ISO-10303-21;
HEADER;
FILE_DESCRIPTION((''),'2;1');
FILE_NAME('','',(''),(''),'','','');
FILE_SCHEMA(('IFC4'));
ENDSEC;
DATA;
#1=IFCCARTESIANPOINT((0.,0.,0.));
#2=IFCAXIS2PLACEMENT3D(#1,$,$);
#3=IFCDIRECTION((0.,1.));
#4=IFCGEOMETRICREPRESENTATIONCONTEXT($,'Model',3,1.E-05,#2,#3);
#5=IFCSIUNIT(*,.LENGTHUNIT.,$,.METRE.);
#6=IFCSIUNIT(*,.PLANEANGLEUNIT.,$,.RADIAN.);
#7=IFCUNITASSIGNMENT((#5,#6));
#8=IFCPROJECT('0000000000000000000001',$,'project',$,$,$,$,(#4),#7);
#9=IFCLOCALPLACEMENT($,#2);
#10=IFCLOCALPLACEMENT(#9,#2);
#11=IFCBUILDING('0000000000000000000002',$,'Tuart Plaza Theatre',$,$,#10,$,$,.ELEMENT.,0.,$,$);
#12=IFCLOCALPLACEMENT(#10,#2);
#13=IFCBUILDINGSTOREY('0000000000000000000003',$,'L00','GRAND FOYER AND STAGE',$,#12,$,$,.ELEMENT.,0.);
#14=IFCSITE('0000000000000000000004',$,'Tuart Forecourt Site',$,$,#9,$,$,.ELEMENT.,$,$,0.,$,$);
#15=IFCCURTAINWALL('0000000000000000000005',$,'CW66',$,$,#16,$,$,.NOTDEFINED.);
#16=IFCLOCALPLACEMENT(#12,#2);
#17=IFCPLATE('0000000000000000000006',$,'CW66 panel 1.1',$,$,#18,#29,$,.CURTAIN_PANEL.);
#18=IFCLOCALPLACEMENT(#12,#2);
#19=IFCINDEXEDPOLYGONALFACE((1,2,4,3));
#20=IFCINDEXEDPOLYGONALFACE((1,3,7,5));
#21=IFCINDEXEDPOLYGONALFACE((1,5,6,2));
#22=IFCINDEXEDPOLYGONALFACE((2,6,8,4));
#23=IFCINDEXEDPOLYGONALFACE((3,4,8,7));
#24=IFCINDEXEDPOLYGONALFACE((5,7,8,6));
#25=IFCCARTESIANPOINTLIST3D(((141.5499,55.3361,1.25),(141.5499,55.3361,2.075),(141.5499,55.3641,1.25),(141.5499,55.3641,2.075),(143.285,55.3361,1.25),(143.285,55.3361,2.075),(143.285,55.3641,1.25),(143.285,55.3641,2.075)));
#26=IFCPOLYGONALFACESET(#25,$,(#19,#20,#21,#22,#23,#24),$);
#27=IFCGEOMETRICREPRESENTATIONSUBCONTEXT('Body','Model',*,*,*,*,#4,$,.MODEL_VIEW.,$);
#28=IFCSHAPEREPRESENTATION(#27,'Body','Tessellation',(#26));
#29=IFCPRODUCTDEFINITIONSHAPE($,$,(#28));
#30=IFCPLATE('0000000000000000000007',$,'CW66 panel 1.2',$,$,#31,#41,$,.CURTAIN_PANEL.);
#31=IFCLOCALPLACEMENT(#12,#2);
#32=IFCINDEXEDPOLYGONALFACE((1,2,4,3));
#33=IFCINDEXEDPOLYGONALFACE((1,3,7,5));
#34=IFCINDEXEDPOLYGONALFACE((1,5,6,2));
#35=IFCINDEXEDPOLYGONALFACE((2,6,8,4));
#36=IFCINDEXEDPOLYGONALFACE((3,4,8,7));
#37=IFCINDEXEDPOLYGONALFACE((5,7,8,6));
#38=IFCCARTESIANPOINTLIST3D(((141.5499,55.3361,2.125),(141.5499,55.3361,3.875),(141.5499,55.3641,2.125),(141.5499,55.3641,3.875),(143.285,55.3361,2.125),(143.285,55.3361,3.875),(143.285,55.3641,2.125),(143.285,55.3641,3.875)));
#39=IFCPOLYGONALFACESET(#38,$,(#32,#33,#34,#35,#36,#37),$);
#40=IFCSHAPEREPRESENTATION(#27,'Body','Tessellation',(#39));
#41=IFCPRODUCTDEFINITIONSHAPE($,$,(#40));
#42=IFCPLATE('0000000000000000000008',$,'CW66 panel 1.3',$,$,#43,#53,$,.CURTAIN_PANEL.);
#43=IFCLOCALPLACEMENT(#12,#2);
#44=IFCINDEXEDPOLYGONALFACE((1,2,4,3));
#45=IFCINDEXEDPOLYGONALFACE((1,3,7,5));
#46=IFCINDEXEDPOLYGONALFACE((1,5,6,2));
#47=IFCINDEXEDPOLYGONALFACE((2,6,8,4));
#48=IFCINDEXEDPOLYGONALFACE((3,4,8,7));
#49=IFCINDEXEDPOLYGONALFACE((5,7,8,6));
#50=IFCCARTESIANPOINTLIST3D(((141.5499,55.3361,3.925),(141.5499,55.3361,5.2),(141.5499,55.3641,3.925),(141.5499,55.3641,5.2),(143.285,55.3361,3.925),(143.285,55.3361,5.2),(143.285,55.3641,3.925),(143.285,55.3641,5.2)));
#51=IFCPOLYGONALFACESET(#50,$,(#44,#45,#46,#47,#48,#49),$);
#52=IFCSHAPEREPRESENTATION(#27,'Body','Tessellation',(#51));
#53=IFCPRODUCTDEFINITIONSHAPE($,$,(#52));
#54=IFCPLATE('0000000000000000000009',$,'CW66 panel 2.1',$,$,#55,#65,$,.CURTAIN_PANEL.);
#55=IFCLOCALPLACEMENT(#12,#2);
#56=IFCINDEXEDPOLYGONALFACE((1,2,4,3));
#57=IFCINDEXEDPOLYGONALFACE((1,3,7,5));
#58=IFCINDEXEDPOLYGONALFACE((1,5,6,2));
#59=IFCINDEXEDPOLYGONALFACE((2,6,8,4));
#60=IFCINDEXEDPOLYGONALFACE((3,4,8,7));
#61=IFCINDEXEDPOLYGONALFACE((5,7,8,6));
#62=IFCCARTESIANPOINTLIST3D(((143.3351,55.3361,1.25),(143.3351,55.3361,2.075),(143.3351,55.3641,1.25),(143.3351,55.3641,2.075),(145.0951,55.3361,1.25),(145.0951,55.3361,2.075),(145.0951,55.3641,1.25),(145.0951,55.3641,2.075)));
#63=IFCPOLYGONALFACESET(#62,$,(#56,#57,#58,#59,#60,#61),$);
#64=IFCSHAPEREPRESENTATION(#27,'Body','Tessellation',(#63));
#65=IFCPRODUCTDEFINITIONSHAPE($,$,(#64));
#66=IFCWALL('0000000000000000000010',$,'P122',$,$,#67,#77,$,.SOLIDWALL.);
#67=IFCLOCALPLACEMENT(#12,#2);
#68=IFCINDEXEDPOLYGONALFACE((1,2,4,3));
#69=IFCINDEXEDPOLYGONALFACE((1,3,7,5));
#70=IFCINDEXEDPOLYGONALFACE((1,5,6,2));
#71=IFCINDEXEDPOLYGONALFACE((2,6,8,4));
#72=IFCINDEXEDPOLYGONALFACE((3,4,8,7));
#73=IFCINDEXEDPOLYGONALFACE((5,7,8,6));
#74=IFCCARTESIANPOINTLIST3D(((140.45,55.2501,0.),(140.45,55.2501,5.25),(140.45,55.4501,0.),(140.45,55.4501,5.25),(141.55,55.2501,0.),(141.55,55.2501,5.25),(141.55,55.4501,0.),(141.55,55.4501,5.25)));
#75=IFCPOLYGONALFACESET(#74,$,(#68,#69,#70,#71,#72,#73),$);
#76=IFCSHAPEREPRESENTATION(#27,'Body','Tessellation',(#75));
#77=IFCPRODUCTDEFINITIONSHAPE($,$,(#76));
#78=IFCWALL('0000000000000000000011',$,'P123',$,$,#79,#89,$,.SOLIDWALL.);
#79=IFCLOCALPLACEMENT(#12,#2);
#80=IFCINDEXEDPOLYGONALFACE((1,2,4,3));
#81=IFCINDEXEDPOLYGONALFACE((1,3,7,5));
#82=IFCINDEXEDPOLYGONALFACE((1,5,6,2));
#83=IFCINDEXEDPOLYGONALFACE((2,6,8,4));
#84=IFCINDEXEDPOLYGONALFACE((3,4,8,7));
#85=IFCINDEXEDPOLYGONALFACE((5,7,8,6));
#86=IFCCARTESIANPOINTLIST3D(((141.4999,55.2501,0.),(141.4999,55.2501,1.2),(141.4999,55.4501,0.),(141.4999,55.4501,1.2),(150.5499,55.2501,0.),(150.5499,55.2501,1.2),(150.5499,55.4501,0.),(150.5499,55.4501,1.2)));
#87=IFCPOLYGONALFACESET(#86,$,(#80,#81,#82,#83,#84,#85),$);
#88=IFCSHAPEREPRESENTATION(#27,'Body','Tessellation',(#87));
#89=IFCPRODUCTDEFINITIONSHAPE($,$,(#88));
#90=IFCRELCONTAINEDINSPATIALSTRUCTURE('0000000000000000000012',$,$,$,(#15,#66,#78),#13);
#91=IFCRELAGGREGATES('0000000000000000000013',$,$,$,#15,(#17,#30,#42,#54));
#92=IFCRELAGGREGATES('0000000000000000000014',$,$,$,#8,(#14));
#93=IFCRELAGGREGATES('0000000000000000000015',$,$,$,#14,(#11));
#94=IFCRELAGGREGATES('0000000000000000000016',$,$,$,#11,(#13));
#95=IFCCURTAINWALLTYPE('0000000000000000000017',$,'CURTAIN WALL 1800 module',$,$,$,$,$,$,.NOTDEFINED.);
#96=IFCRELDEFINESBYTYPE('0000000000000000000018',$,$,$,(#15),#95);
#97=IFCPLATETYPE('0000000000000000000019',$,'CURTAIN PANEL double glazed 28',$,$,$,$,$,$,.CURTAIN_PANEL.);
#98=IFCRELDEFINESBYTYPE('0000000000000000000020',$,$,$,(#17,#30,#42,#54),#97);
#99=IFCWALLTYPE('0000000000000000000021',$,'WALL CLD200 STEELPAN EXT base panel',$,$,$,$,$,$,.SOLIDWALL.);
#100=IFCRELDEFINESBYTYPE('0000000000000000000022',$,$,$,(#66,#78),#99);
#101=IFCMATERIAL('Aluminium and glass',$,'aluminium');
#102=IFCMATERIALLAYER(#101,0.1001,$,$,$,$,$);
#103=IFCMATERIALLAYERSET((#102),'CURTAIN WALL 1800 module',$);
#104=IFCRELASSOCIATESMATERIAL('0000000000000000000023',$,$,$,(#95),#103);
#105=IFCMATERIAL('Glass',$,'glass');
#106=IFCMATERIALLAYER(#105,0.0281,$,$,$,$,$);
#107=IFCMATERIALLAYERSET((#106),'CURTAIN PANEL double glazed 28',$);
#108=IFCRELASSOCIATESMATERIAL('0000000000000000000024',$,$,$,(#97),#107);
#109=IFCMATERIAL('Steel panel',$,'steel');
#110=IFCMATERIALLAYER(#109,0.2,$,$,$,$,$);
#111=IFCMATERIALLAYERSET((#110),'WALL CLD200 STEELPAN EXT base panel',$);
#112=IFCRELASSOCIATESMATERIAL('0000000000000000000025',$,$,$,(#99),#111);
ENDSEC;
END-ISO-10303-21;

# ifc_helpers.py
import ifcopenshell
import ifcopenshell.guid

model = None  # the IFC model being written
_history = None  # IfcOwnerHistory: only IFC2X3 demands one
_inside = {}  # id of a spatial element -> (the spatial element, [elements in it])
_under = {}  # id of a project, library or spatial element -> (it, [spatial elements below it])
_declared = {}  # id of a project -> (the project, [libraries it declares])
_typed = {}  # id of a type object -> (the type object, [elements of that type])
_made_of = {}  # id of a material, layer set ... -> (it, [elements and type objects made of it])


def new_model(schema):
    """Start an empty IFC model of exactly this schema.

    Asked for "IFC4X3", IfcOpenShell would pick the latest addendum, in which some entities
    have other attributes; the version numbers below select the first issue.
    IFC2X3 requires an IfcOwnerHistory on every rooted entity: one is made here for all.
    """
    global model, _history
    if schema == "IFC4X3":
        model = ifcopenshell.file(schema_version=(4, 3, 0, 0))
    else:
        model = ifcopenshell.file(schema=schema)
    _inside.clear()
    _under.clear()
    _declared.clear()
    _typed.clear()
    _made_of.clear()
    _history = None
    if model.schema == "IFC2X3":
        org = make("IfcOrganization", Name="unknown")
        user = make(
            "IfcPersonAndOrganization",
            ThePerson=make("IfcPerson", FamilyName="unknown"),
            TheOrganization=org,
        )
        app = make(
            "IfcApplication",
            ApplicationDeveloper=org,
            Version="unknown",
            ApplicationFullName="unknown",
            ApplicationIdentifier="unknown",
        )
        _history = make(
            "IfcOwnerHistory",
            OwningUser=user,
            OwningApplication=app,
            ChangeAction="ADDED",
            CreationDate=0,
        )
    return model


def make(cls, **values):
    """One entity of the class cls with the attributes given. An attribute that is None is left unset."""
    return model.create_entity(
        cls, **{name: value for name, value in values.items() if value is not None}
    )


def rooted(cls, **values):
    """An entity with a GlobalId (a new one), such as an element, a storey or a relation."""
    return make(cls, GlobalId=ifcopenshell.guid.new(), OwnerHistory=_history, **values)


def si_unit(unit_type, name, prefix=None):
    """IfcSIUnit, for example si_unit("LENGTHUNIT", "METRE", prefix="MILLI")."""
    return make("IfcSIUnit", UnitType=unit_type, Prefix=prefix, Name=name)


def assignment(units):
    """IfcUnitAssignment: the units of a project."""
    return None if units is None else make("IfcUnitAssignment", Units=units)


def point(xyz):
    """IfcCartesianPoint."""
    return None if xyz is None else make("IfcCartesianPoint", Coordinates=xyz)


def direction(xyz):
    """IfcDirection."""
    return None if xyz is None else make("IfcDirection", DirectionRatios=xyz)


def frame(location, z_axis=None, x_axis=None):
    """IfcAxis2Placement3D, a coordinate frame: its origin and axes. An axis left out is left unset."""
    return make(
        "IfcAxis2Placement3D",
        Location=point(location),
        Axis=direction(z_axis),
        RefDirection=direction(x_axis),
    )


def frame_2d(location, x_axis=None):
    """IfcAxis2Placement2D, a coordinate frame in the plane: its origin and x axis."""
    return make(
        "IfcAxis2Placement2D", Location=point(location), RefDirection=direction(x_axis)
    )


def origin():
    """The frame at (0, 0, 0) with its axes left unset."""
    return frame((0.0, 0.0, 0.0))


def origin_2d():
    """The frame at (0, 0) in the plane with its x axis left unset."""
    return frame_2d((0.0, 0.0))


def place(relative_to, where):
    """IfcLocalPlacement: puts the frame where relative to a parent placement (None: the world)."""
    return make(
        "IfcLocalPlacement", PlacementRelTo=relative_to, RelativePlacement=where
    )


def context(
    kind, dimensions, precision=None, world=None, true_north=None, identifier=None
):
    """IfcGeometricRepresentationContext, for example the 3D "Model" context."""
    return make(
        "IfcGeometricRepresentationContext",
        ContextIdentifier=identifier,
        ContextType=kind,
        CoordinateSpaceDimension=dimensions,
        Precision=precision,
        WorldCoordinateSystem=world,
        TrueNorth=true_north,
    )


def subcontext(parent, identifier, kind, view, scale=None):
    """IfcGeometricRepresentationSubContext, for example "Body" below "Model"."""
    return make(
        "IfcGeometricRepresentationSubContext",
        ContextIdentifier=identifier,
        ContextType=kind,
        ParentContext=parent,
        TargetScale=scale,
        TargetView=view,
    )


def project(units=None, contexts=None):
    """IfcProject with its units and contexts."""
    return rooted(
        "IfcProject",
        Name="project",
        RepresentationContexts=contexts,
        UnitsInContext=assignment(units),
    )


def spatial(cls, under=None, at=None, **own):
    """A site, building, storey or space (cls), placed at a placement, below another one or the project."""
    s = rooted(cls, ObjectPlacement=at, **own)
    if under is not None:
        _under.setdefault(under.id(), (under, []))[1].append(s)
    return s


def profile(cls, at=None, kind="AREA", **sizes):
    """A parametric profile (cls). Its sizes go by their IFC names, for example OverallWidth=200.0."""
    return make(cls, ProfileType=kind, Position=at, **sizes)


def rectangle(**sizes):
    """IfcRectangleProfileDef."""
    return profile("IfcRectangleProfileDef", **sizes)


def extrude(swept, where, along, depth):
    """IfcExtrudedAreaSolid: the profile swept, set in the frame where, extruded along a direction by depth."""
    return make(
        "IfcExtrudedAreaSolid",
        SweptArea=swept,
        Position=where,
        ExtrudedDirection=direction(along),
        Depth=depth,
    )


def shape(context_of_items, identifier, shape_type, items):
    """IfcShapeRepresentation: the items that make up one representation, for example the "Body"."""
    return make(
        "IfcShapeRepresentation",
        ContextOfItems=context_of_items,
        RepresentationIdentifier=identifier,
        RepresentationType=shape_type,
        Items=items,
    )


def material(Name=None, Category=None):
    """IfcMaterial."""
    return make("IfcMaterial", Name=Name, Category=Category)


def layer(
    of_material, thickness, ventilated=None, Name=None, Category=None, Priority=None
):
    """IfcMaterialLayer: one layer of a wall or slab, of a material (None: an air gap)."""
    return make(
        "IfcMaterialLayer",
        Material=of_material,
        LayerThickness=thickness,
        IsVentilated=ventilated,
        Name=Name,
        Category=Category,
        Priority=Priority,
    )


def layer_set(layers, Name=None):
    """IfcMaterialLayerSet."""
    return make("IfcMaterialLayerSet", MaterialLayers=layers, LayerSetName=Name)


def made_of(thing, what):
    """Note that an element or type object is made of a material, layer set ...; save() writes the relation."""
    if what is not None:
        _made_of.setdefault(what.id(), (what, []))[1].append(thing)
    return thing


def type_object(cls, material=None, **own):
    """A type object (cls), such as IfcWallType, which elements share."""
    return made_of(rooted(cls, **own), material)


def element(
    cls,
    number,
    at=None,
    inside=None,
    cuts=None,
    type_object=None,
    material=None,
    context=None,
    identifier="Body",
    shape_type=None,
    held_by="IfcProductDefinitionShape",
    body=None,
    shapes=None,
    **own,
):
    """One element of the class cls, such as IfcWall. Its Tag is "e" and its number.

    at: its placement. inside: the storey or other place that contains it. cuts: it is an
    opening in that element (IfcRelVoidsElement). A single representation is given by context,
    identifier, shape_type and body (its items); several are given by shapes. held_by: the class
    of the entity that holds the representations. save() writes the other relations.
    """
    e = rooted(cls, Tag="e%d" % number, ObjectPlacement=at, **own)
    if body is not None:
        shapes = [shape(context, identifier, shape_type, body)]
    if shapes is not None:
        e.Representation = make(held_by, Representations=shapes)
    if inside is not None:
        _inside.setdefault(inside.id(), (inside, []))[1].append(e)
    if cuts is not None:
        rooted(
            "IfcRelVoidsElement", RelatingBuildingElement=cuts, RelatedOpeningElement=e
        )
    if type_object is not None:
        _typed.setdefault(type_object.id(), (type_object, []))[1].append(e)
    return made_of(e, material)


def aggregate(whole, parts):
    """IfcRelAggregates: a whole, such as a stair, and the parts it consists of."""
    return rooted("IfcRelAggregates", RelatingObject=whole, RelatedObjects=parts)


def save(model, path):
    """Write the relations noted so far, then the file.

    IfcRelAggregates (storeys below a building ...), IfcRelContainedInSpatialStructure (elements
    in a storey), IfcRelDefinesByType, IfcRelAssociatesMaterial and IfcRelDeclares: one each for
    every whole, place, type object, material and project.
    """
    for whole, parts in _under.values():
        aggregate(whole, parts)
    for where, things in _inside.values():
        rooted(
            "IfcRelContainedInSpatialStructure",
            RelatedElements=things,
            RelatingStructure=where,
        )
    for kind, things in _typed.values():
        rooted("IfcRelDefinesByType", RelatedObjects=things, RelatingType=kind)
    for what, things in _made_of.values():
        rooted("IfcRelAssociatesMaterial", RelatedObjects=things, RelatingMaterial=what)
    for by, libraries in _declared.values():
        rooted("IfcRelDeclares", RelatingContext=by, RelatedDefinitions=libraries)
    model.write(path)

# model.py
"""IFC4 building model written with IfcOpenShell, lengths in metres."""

from ifc_helpers import new_model, si_unit, direction, frame, frame_2d, origin, origin_2d, place, context, subcontext, project, spatial, rectangle, extrude, material, layer, layer_set, type_object, element, aggregate, save


model = new_model("IFC4")

# Units and contexts
model_context = context("Model", 3, precision=1e-05, world=origin(), true_north=direction((0.0, 1.0)))
body_context = subcontext(model_context, "Body", "Model", "MODEL_VIEW")
ifc_project = project(units=[si_unit("LENGTHUNIT", "METRE"), si_unit("PLANEANGLEUNIT", "RADIAN")], contexts=[model_context])

# Site, building, storey
site_placement = place(None, origin())
site = spatial("IfcSite", under=ifc_project, at=site_placement, Name="Tuart Forecourt Site", CompositionType="ELEMENT", RefElevation=0.0)
building_placement = place(site_placement, origin())
building = spatial("IfcBuilding", under=site, at=building_placement, Name="Tuart Plaza Theatre", CompositionType="ELEMENT", ElevationOfRefHeight=0.0)
storey_placement = place(building_placement, origin())
storey = spatial("IfcBuildingStorey", under=building, at=storey_placement, Name="L00", Description="GRAND FOYER AND STAGE", CompositionType="ELEMENT", Elevation=0.0)

# Curtain wall
ifc_material_1 = material(Name="Aluminium and glass", Category="aluminium")
ifc_layer_1 = layer(ifc_material_1, 0.1001)
ifc_layer_set_1 = layer_set([ifc_layer_1], Name="CURTAIN WALL 1800 module")
curtain_wall_type_1 = type_object("IfcCurtainWallType", Name="CURTAIN WALL 1800 module", PredefinedType="NOTDEFINED", material=ifc_layer_set_1)
curtain_wall_1_placement = place(storey_placement, origin())
curtain_wall_1 = element("IfcCurtainWall", 1, at=curtain_wall_1_placement, inside=storey, type_object=curtain_wall_type_1, Name="CW66", PredefinedType="NOTDEFINED")

# Plates
ifc_material_2 = material(Name="Glass", Category="glass")
ifc_layer_2 = layer(ifc_material_2, 0.0281)
ifc_layer_set_2 = layer_set([ifc_layer_2], Name="CURTAIN PANEL double glazed 28")
plate_type = type_object("IfcPlateType", Name="CURTAIN PANEL double glazed 28", PredefinedType="CURTAIN_PANEL", material=ifc_layer_set_2)
plate_1_placement = place(storey_placement, frame((142.4175, 55.3501, 1.25), z_axis=(0.0, 0.0, 1.0), x_axis=(1.0, 0.0, 0.0)))
plate_1 = element("IfcPlate", 2, at=plate_1_placement, type_object=plate_type, Name="CW66 panel 1.1", PredefinedType="CURTAIN_PANEL", context=body_context, shape_type="SweptSolid", body=[
    extrude(rectangle(XDim=1.7351, YDim=0.0281, at=origin_2d()), origin(), (0.0, 0.0, 1.0), 0.825),
])
plate_2_placement = place(storey_placement, frame((142.4175, 55.3501, 2.125), z_axis=(0.0, 0.0, 1.0), x_axis=(1.0, 0.0, 0.0)))
plate_2 = element("IfcPlate", 3, at=plate_2_placement, type_object=plate_type, Name="CW66 panel 1.2", PredefinedType="CURTAIN_PANEL", context=body_context, shape_type="SweptSolid", body=[
    extrude(rectangle(XDim=1.7351, YDim=0.0281, at=origin_2d()), origin(), (0.0, 0.0, 1.0), 1.75),
])
plate_3_placement = place(storey_placement, frame((142.4175, 55.3501, 3.925), z_axis=(0.0, 0.0, 1.0), x_axis=(1.0, 0.0, 0.0)))
plate_3 = element("IfcPlate", 4, at=plate_3_placement, type_object=plate_type, Name="CW66 panel 1.3", PredefinedType="CURTAIN_PANEL", context=body_context, shape_type="SweptSolid", body=[
    extrude(rectangle(XDim=1.7351, YDim=0.0281, at=origin_2d()), origin(), (0.0, 0.0, 1.0), 1.2749),
])
plate_4_placement = place(storey_placement, frame((144.2151, 55.3501, 1.25), z_axis=(0.0, 0.0, 1.0), x_axis=(1.0, 0.0, 0.0)))
plate_4 = element("IfcPlate", 5, at=plate_4_placement, type_object=plate_type, Name="CW66 panel 2.1", PredefinedType="CURTAIN_PANEL", context=body_context, shape_type="SweptSolid", body=[
    extrude(rectangle(XDim=1.76, YDim=0.0281, at=origin_2d()), origin(), (0.0, 0.0, 1.0), 0.825),
])
aggregate(curtain_wall_1, [plate_1, plate_2, plate_3, plate_4])

# Walls
ifc_material_3 = material(Name="Steel panel", Category="steel")
ifc_layer_3 = layer(ifc_material_3, 0.2)
ifc_layer_set_3 = layer_set([ifc_layer_3], Name="WALL CLD200 STEELPAN EXT base panel")
wall_type = type_object("IfcWallType", Name="WALL CLD200 STEELPAN EXT base panel", PredefinedType="SOLIDWALL", material=ifc_layer_set_3)
wall_1_placement = place(storey_placement, frame((140.45, 55.3501, 0.0), z_axis=(0.0, 0.0, 1.0), x_axis=(1.0, 0.0, 0.0)))
element("IfcWall", 6, at=wall_1_placement, inside=storey, type_object=wall_type, Name="P122", PredefinedType="SOLIDWALL", context=body_context, shape_type="SweptSolid", body=[
    extrude(rectangle(XDim=1.1001, YDim=0.2, at=frame_2d((0.55, 0.0))), origin(), (0.0, 0.0, 1.0), 5.25),
])
wall_2_placement = place(storey_placement, frame((141.5, 55.3501, 0.0), z_axis=(0.0, 0.0, 1.0), x_axis=(1.0, 0.0, 0.0)))
element("IfcWall", 7, at=wall_2_placement, inside=storey, type_object=wall_type, Name="P123", PredefinedType="SOLIDWALL", context=body_context, shape_type="SweptSolid", body=[
    extrude(rectangle(XDim=9.05, YDim=0.2, at=frame_2d((4.5249, 0.0))), origin(), (0.0, 0.0, 1.0), 1.2),
])

save(model, "model.ifc")
